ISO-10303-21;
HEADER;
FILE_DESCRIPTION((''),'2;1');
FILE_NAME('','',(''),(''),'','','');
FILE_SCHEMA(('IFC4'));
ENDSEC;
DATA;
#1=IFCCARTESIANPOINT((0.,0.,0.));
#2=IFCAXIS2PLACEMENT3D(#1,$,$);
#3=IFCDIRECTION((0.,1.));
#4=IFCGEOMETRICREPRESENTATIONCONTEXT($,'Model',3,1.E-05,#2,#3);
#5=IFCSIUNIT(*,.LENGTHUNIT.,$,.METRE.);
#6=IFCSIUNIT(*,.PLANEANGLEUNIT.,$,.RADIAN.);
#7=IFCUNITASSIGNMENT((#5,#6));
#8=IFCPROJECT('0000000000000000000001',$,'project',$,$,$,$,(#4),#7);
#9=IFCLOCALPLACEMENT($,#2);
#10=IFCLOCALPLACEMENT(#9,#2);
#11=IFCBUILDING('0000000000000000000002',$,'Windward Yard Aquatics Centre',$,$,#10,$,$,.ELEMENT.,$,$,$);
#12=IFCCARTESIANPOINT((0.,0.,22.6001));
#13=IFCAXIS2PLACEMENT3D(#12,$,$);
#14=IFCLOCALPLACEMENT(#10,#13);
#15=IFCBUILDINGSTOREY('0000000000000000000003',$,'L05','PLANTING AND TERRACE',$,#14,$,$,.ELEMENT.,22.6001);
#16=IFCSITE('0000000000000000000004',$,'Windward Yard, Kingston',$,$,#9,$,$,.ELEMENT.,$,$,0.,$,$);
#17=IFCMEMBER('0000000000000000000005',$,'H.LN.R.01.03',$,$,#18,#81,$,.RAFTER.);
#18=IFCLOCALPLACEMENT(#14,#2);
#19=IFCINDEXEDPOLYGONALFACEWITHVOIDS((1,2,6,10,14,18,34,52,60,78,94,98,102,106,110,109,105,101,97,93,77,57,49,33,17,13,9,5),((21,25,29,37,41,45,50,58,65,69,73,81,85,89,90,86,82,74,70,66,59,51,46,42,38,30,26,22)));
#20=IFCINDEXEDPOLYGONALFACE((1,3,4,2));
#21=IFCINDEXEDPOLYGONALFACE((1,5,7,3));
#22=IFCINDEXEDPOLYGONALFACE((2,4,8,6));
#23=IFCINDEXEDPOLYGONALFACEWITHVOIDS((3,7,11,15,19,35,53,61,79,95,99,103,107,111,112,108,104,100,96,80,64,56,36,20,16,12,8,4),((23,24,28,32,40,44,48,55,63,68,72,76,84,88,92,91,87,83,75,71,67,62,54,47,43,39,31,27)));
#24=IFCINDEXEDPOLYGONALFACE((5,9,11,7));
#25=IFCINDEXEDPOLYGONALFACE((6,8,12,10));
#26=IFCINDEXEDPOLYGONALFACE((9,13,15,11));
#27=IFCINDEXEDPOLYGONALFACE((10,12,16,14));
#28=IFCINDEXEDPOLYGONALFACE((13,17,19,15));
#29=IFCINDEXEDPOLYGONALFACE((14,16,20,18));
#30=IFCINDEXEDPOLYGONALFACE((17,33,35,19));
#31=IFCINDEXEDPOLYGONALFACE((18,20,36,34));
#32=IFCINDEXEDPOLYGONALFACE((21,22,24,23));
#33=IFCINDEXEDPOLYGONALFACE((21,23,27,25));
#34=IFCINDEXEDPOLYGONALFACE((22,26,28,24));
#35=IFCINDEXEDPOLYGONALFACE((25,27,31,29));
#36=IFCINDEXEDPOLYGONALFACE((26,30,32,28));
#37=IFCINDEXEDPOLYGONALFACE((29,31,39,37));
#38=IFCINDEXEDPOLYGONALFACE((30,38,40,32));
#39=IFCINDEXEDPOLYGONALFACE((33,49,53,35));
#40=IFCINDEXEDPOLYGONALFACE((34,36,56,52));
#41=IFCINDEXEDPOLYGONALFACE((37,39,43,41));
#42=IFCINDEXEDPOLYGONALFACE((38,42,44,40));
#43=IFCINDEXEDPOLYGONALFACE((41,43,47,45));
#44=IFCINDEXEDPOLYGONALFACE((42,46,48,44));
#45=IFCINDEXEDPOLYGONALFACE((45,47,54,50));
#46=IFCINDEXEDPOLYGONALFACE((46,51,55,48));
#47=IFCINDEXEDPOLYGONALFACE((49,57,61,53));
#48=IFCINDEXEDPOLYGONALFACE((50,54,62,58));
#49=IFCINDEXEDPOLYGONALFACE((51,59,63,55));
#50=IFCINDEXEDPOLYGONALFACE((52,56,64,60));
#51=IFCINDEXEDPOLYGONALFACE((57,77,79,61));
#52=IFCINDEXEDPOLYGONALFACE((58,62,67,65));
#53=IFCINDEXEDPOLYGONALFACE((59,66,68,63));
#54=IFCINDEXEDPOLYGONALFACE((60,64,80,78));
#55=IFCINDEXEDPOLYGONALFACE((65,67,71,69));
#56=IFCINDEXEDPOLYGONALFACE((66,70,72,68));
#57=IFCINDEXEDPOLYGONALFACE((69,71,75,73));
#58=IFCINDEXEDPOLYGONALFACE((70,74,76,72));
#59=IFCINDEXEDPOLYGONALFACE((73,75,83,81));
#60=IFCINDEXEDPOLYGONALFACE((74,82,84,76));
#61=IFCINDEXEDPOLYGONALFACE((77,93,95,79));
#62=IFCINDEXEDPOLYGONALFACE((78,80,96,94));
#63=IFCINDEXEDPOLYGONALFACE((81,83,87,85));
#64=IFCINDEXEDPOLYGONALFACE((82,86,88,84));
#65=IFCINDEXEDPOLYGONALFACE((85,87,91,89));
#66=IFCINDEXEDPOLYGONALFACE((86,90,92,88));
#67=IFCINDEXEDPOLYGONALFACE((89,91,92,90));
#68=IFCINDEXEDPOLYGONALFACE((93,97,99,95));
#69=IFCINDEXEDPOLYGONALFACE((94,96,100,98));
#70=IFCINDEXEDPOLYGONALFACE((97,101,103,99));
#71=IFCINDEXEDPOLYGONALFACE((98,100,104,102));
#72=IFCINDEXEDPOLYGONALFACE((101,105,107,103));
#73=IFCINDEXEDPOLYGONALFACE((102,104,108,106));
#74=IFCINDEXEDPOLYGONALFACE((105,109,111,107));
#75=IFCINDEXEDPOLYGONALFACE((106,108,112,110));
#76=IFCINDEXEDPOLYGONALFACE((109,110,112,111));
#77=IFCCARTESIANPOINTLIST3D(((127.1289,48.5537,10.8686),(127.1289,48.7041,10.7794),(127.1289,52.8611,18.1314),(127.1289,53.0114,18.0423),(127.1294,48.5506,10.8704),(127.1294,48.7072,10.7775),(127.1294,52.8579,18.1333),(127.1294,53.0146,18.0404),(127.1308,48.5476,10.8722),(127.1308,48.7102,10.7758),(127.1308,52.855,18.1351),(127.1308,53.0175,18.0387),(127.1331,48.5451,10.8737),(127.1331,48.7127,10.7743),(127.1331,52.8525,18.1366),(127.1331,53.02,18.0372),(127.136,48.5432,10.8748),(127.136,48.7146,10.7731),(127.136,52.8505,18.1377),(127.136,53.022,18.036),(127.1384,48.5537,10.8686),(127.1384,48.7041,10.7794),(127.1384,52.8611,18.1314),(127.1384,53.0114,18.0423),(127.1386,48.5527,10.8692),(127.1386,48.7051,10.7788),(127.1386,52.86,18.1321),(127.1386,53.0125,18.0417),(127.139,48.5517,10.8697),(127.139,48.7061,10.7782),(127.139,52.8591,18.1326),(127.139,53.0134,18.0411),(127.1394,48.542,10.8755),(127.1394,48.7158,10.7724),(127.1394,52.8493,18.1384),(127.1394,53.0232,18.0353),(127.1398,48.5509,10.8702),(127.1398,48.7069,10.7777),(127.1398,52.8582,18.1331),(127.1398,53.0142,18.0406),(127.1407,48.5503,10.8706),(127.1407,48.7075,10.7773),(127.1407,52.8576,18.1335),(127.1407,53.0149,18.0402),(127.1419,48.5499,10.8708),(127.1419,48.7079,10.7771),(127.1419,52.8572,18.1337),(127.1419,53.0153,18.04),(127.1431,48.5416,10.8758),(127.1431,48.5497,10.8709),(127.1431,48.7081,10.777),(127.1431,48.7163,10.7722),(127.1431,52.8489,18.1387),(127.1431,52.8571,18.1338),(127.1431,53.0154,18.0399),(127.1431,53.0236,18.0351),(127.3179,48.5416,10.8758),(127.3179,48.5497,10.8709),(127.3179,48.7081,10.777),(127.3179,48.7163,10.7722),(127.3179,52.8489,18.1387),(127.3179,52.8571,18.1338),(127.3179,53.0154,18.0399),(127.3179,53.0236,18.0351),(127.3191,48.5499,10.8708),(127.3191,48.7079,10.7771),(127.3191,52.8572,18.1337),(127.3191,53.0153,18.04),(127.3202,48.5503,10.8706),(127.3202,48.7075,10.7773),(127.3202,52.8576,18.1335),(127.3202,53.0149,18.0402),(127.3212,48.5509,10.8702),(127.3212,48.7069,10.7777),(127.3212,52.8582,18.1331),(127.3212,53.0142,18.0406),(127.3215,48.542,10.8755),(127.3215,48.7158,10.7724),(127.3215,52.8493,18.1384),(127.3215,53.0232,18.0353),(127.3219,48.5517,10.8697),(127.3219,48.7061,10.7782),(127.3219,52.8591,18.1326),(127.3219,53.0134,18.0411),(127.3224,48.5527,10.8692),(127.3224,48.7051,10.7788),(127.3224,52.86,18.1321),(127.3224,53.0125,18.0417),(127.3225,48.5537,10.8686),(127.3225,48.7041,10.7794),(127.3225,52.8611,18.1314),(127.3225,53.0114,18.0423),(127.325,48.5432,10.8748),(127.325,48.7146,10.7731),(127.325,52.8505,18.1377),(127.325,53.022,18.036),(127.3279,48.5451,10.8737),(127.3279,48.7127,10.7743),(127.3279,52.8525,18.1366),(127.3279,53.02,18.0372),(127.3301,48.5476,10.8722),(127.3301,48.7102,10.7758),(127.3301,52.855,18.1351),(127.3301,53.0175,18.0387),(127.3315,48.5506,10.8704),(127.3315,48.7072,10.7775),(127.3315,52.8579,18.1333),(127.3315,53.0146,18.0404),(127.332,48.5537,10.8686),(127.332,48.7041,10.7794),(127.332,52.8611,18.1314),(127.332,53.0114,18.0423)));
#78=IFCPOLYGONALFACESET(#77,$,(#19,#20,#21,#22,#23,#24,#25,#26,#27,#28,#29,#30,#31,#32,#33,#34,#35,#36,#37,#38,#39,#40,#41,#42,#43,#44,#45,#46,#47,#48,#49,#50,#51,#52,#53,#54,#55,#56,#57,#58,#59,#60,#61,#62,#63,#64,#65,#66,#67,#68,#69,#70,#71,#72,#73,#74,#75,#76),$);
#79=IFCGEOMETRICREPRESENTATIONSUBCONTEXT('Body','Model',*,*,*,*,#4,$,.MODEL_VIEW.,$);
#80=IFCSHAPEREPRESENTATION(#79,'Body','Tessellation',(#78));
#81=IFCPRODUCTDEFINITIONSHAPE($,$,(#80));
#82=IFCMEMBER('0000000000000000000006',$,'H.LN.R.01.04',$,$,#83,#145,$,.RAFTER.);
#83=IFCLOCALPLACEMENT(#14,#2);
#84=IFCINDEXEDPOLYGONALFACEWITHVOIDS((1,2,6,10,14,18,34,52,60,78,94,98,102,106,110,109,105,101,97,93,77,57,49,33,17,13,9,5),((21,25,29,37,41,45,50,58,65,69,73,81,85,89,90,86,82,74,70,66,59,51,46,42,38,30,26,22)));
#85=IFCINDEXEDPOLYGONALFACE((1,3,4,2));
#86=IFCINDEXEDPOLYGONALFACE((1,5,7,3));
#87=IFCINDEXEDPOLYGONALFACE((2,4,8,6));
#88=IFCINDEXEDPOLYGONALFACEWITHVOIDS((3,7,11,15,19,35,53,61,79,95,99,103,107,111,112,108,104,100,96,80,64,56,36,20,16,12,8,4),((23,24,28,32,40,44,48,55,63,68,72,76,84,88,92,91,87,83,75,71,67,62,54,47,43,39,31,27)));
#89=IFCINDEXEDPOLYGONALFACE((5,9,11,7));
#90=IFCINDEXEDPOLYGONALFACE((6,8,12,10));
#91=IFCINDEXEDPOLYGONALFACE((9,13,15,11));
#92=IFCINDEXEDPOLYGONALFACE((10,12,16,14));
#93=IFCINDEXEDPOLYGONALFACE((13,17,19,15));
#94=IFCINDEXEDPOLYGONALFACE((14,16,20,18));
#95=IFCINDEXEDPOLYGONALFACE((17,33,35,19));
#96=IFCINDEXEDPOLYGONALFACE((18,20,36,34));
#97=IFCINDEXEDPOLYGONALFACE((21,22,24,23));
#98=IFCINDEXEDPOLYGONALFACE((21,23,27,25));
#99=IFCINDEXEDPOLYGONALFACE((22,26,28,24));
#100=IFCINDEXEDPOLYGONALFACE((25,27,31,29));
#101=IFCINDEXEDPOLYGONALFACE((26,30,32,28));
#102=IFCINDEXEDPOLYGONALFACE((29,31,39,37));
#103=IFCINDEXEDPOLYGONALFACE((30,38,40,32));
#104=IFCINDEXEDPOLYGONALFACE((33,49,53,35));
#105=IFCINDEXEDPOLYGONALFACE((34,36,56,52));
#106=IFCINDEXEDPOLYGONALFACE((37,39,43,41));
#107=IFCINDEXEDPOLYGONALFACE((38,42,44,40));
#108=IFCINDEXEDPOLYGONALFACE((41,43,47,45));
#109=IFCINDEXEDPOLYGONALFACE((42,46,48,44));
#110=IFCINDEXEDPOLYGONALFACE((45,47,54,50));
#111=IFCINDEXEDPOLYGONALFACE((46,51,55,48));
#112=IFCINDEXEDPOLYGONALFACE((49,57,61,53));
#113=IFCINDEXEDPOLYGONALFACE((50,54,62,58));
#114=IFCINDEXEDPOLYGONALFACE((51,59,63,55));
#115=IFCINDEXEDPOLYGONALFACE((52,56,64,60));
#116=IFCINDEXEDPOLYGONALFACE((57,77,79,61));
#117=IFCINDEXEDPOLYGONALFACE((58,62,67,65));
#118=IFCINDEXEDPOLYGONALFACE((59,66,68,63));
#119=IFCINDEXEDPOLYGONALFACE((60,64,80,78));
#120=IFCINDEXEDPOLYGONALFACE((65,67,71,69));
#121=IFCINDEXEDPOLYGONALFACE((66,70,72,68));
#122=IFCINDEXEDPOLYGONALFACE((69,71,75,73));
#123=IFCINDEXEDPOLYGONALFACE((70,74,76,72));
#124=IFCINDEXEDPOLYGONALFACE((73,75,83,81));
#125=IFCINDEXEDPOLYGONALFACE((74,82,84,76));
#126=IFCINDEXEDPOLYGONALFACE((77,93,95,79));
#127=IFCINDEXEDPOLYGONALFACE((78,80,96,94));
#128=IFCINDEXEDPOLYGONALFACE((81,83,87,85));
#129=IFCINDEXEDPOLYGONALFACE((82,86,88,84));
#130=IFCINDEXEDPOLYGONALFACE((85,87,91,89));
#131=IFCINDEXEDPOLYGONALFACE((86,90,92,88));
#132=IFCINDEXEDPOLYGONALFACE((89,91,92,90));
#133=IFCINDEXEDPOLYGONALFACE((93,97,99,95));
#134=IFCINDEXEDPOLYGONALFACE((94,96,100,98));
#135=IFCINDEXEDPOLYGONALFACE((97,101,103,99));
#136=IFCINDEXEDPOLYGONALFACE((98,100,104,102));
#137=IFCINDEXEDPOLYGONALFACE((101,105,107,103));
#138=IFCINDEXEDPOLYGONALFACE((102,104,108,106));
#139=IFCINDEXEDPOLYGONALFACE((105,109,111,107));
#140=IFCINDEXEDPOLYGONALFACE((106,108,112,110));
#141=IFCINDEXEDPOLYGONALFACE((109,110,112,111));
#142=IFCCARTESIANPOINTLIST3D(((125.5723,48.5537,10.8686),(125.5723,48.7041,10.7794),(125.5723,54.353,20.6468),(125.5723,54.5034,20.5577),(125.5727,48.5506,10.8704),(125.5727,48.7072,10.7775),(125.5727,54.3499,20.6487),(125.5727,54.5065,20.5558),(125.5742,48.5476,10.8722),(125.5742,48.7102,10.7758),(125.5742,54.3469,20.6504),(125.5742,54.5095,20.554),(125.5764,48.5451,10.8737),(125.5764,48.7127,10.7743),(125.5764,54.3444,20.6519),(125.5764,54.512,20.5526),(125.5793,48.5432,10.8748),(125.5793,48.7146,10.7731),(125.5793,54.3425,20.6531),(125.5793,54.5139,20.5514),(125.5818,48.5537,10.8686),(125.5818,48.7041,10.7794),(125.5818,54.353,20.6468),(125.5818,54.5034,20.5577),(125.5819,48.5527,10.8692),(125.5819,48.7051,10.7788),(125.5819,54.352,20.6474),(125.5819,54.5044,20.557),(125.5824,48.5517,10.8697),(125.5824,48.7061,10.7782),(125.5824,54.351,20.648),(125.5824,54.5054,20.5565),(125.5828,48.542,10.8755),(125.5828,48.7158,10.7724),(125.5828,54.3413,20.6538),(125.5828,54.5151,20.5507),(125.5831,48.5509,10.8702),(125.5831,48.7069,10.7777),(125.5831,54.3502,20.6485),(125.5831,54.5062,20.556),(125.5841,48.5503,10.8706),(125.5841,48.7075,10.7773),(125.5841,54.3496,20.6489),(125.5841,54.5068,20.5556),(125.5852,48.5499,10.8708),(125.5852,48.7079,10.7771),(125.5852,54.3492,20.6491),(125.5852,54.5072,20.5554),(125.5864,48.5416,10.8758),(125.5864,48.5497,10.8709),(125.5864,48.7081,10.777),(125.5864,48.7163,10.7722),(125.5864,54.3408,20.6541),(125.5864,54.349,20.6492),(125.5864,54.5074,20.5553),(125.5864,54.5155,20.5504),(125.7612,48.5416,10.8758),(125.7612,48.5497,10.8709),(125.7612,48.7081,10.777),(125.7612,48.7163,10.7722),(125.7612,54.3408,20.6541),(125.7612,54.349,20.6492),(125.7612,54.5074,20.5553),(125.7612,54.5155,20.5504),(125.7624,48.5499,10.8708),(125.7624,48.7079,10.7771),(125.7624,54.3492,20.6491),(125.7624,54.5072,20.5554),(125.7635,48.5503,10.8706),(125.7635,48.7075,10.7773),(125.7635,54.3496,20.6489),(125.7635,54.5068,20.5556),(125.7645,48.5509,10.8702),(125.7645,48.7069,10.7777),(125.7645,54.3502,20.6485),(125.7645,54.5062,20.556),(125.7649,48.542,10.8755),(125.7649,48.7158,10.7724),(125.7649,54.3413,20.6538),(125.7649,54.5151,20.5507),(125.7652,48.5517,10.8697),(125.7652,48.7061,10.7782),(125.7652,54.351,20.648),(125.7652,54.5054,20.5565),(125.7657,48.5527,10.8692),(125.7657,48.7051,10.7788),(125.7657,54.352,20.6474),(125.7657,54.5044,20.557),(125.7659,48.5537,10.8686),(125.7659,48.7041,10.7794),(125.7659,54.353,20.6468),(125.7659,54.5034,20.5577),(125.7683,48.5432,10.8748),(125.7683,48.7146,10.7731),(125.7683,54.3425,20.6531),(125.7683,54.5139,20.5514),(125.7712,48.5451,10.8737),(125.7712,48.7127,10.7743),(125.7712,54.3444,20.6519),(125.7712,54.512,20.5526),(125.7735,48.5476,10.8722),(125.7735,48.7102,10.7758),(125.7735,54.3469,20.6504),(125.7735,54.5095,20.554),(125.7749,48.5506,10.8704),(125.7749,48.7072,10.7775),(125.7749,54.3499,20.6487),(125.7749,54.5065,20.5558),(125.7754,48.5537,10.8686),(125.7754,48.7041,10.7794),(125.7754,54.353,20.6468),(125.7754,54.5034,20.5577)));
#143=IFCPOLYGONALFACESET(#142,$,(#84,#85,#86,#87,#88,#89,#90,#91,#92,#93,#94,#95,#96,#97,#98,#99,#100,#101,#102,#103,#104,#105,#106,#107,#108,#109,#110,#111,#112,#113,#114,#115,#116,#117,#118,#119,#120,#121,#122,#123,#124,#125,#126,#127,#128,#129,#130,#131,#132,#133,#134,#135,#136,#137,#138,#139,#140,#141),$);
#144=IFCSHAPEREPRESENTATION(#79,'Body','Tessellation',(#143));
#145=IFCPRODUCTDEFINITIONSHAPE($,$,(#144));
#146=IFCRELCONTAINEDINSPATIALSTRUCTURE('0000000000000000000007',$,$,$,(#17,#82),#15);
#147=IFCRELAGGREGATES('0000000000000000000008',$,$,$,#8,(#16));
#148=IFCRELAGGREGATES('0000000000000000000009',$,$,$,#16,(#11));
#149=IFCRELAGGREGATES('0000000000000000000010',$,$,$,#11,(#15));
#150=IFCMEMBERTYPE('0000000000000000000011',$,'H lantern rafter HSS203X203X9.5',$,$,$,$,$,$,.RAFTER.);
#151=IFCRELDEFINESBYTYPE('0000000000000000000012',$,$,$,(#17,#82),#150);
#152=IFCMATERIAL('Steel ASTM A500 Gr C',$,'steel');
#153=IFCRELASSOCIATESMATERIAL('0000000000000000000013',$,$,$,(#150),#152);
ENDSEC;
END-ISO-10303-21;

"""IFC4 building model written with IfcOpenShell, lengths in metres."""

from ifc_helpers import new_model, si_unit, direction, frame, origin, origin_2d, place, context, subcontext, project, spatial, hollow_rectangle, extrude, material, material_profile, profile_set, type_object, element, save


model = new_model("IFC4")

# Units and contexts
model_context = context("Model", 3, precision=1e-05, world=origin(), true_north=direction((0.0, 1.0)))
body_context = subcontext(model_context, "Body", "Model", "MODEL_VIEW")
ifc_project = project(units=[si_unit("LENGTHUNIT", "METRE"), si_unit("PLANEANGLEUNIT", "RADIAN")], contexts=[model_context])

# Site, building, storey
site_placement = place(None, origin())
site = spatial("IfcSite", under=ifc_project, at=site_placement, Name="Windward Yard, Kingston", CompositionType="ELEMENT", RefElevation=0.0)
building_placement = place(site_placement, origin())
building = spatial("IfcBuilding", under=site, at=building_placement, Name="Windward Yard Aquatics Centre", CompositionType="ELEMENT")
storey_placement = place(building_placement, frame((0.0, 0.0, 22.6001)))
storey = spatial("IfcBuildingStorey", under=building, at=storey_placement, Name="L05", Description="PLANTING AND TERRACE", CompositionType="ELEMENT", Elevation=22.6001)

# Members
ifc_material_1 = material(Name="Steel ASTM A500 Gr C", Category="steel")
ifc_material_profile_1 = material_profile(ifc_material_1, hollow_rectangle(XDim=0.2031, YDim=0.2031, WallThickness=0.0095, InnerFilletRadius=0.0046, OuterFilletRadius=0.0142, at=origin_2d()), Name="HSS203X203X9.5")
ifc_profile_set_1 = profile_set([ifc_material_profile_1], Name="Steel ASTM A500 Gr C")
member_type_1 = type_object("IfcMemberType", Name="H lantern rafter HSS203X203X9.5", PredefinedType="RAFTER", material=ifc_profile_set_1)
member_1_placement = place(storey_placement, frame((127.2305, 48.6289, 10.824), z_axis=(0.0, 0.510101, 0.860114), x_axis=(-1.0, 0.0, 0.0)))
element("IfcMember", 1, at=member_1_placement, inside=storey, type_object=member_type_1, Name="H.LN.R.01.03", PredefinedType="RAFTER", context=body_context, shape_type="SweptSolid", body=[
    extrude(hollow_rectangle(XDim=0.2031, YDim=0.2031, WallThickness=0.0095, InnerFilletRadius=0.0046, OuterFilletRadius=0.0142, at=origin_2d()), origin(), (0.0, 0.0, 1.0), 8.4441),
])
member_2_placement = place(storey_placement, frame((125.6738, 48.6289, 10.824), z_axis=(0.0, 0.510112, 0.860108), x_axis=(-1.0, 0.0, 0.0)))
element("IfcMember", 2, at=member_2_placement, inside=storey, type_object=member_type_1, Name="H.LN.R.01.04", PredefinedType="RAFTER", context=body_context, shape_type="SweptSolid", body=[
    extrude(hollow_rectangle(XDim=0.2031, YDim=0.2031, WallThickness=0.0095, InnerFilletRadius=0.0046, OuterFilletRadius=0.0142, at=origin_2d()), origin(), (0.0, 0.0, 1.0), 11.3687),
])

save(model, "model.ifc")
